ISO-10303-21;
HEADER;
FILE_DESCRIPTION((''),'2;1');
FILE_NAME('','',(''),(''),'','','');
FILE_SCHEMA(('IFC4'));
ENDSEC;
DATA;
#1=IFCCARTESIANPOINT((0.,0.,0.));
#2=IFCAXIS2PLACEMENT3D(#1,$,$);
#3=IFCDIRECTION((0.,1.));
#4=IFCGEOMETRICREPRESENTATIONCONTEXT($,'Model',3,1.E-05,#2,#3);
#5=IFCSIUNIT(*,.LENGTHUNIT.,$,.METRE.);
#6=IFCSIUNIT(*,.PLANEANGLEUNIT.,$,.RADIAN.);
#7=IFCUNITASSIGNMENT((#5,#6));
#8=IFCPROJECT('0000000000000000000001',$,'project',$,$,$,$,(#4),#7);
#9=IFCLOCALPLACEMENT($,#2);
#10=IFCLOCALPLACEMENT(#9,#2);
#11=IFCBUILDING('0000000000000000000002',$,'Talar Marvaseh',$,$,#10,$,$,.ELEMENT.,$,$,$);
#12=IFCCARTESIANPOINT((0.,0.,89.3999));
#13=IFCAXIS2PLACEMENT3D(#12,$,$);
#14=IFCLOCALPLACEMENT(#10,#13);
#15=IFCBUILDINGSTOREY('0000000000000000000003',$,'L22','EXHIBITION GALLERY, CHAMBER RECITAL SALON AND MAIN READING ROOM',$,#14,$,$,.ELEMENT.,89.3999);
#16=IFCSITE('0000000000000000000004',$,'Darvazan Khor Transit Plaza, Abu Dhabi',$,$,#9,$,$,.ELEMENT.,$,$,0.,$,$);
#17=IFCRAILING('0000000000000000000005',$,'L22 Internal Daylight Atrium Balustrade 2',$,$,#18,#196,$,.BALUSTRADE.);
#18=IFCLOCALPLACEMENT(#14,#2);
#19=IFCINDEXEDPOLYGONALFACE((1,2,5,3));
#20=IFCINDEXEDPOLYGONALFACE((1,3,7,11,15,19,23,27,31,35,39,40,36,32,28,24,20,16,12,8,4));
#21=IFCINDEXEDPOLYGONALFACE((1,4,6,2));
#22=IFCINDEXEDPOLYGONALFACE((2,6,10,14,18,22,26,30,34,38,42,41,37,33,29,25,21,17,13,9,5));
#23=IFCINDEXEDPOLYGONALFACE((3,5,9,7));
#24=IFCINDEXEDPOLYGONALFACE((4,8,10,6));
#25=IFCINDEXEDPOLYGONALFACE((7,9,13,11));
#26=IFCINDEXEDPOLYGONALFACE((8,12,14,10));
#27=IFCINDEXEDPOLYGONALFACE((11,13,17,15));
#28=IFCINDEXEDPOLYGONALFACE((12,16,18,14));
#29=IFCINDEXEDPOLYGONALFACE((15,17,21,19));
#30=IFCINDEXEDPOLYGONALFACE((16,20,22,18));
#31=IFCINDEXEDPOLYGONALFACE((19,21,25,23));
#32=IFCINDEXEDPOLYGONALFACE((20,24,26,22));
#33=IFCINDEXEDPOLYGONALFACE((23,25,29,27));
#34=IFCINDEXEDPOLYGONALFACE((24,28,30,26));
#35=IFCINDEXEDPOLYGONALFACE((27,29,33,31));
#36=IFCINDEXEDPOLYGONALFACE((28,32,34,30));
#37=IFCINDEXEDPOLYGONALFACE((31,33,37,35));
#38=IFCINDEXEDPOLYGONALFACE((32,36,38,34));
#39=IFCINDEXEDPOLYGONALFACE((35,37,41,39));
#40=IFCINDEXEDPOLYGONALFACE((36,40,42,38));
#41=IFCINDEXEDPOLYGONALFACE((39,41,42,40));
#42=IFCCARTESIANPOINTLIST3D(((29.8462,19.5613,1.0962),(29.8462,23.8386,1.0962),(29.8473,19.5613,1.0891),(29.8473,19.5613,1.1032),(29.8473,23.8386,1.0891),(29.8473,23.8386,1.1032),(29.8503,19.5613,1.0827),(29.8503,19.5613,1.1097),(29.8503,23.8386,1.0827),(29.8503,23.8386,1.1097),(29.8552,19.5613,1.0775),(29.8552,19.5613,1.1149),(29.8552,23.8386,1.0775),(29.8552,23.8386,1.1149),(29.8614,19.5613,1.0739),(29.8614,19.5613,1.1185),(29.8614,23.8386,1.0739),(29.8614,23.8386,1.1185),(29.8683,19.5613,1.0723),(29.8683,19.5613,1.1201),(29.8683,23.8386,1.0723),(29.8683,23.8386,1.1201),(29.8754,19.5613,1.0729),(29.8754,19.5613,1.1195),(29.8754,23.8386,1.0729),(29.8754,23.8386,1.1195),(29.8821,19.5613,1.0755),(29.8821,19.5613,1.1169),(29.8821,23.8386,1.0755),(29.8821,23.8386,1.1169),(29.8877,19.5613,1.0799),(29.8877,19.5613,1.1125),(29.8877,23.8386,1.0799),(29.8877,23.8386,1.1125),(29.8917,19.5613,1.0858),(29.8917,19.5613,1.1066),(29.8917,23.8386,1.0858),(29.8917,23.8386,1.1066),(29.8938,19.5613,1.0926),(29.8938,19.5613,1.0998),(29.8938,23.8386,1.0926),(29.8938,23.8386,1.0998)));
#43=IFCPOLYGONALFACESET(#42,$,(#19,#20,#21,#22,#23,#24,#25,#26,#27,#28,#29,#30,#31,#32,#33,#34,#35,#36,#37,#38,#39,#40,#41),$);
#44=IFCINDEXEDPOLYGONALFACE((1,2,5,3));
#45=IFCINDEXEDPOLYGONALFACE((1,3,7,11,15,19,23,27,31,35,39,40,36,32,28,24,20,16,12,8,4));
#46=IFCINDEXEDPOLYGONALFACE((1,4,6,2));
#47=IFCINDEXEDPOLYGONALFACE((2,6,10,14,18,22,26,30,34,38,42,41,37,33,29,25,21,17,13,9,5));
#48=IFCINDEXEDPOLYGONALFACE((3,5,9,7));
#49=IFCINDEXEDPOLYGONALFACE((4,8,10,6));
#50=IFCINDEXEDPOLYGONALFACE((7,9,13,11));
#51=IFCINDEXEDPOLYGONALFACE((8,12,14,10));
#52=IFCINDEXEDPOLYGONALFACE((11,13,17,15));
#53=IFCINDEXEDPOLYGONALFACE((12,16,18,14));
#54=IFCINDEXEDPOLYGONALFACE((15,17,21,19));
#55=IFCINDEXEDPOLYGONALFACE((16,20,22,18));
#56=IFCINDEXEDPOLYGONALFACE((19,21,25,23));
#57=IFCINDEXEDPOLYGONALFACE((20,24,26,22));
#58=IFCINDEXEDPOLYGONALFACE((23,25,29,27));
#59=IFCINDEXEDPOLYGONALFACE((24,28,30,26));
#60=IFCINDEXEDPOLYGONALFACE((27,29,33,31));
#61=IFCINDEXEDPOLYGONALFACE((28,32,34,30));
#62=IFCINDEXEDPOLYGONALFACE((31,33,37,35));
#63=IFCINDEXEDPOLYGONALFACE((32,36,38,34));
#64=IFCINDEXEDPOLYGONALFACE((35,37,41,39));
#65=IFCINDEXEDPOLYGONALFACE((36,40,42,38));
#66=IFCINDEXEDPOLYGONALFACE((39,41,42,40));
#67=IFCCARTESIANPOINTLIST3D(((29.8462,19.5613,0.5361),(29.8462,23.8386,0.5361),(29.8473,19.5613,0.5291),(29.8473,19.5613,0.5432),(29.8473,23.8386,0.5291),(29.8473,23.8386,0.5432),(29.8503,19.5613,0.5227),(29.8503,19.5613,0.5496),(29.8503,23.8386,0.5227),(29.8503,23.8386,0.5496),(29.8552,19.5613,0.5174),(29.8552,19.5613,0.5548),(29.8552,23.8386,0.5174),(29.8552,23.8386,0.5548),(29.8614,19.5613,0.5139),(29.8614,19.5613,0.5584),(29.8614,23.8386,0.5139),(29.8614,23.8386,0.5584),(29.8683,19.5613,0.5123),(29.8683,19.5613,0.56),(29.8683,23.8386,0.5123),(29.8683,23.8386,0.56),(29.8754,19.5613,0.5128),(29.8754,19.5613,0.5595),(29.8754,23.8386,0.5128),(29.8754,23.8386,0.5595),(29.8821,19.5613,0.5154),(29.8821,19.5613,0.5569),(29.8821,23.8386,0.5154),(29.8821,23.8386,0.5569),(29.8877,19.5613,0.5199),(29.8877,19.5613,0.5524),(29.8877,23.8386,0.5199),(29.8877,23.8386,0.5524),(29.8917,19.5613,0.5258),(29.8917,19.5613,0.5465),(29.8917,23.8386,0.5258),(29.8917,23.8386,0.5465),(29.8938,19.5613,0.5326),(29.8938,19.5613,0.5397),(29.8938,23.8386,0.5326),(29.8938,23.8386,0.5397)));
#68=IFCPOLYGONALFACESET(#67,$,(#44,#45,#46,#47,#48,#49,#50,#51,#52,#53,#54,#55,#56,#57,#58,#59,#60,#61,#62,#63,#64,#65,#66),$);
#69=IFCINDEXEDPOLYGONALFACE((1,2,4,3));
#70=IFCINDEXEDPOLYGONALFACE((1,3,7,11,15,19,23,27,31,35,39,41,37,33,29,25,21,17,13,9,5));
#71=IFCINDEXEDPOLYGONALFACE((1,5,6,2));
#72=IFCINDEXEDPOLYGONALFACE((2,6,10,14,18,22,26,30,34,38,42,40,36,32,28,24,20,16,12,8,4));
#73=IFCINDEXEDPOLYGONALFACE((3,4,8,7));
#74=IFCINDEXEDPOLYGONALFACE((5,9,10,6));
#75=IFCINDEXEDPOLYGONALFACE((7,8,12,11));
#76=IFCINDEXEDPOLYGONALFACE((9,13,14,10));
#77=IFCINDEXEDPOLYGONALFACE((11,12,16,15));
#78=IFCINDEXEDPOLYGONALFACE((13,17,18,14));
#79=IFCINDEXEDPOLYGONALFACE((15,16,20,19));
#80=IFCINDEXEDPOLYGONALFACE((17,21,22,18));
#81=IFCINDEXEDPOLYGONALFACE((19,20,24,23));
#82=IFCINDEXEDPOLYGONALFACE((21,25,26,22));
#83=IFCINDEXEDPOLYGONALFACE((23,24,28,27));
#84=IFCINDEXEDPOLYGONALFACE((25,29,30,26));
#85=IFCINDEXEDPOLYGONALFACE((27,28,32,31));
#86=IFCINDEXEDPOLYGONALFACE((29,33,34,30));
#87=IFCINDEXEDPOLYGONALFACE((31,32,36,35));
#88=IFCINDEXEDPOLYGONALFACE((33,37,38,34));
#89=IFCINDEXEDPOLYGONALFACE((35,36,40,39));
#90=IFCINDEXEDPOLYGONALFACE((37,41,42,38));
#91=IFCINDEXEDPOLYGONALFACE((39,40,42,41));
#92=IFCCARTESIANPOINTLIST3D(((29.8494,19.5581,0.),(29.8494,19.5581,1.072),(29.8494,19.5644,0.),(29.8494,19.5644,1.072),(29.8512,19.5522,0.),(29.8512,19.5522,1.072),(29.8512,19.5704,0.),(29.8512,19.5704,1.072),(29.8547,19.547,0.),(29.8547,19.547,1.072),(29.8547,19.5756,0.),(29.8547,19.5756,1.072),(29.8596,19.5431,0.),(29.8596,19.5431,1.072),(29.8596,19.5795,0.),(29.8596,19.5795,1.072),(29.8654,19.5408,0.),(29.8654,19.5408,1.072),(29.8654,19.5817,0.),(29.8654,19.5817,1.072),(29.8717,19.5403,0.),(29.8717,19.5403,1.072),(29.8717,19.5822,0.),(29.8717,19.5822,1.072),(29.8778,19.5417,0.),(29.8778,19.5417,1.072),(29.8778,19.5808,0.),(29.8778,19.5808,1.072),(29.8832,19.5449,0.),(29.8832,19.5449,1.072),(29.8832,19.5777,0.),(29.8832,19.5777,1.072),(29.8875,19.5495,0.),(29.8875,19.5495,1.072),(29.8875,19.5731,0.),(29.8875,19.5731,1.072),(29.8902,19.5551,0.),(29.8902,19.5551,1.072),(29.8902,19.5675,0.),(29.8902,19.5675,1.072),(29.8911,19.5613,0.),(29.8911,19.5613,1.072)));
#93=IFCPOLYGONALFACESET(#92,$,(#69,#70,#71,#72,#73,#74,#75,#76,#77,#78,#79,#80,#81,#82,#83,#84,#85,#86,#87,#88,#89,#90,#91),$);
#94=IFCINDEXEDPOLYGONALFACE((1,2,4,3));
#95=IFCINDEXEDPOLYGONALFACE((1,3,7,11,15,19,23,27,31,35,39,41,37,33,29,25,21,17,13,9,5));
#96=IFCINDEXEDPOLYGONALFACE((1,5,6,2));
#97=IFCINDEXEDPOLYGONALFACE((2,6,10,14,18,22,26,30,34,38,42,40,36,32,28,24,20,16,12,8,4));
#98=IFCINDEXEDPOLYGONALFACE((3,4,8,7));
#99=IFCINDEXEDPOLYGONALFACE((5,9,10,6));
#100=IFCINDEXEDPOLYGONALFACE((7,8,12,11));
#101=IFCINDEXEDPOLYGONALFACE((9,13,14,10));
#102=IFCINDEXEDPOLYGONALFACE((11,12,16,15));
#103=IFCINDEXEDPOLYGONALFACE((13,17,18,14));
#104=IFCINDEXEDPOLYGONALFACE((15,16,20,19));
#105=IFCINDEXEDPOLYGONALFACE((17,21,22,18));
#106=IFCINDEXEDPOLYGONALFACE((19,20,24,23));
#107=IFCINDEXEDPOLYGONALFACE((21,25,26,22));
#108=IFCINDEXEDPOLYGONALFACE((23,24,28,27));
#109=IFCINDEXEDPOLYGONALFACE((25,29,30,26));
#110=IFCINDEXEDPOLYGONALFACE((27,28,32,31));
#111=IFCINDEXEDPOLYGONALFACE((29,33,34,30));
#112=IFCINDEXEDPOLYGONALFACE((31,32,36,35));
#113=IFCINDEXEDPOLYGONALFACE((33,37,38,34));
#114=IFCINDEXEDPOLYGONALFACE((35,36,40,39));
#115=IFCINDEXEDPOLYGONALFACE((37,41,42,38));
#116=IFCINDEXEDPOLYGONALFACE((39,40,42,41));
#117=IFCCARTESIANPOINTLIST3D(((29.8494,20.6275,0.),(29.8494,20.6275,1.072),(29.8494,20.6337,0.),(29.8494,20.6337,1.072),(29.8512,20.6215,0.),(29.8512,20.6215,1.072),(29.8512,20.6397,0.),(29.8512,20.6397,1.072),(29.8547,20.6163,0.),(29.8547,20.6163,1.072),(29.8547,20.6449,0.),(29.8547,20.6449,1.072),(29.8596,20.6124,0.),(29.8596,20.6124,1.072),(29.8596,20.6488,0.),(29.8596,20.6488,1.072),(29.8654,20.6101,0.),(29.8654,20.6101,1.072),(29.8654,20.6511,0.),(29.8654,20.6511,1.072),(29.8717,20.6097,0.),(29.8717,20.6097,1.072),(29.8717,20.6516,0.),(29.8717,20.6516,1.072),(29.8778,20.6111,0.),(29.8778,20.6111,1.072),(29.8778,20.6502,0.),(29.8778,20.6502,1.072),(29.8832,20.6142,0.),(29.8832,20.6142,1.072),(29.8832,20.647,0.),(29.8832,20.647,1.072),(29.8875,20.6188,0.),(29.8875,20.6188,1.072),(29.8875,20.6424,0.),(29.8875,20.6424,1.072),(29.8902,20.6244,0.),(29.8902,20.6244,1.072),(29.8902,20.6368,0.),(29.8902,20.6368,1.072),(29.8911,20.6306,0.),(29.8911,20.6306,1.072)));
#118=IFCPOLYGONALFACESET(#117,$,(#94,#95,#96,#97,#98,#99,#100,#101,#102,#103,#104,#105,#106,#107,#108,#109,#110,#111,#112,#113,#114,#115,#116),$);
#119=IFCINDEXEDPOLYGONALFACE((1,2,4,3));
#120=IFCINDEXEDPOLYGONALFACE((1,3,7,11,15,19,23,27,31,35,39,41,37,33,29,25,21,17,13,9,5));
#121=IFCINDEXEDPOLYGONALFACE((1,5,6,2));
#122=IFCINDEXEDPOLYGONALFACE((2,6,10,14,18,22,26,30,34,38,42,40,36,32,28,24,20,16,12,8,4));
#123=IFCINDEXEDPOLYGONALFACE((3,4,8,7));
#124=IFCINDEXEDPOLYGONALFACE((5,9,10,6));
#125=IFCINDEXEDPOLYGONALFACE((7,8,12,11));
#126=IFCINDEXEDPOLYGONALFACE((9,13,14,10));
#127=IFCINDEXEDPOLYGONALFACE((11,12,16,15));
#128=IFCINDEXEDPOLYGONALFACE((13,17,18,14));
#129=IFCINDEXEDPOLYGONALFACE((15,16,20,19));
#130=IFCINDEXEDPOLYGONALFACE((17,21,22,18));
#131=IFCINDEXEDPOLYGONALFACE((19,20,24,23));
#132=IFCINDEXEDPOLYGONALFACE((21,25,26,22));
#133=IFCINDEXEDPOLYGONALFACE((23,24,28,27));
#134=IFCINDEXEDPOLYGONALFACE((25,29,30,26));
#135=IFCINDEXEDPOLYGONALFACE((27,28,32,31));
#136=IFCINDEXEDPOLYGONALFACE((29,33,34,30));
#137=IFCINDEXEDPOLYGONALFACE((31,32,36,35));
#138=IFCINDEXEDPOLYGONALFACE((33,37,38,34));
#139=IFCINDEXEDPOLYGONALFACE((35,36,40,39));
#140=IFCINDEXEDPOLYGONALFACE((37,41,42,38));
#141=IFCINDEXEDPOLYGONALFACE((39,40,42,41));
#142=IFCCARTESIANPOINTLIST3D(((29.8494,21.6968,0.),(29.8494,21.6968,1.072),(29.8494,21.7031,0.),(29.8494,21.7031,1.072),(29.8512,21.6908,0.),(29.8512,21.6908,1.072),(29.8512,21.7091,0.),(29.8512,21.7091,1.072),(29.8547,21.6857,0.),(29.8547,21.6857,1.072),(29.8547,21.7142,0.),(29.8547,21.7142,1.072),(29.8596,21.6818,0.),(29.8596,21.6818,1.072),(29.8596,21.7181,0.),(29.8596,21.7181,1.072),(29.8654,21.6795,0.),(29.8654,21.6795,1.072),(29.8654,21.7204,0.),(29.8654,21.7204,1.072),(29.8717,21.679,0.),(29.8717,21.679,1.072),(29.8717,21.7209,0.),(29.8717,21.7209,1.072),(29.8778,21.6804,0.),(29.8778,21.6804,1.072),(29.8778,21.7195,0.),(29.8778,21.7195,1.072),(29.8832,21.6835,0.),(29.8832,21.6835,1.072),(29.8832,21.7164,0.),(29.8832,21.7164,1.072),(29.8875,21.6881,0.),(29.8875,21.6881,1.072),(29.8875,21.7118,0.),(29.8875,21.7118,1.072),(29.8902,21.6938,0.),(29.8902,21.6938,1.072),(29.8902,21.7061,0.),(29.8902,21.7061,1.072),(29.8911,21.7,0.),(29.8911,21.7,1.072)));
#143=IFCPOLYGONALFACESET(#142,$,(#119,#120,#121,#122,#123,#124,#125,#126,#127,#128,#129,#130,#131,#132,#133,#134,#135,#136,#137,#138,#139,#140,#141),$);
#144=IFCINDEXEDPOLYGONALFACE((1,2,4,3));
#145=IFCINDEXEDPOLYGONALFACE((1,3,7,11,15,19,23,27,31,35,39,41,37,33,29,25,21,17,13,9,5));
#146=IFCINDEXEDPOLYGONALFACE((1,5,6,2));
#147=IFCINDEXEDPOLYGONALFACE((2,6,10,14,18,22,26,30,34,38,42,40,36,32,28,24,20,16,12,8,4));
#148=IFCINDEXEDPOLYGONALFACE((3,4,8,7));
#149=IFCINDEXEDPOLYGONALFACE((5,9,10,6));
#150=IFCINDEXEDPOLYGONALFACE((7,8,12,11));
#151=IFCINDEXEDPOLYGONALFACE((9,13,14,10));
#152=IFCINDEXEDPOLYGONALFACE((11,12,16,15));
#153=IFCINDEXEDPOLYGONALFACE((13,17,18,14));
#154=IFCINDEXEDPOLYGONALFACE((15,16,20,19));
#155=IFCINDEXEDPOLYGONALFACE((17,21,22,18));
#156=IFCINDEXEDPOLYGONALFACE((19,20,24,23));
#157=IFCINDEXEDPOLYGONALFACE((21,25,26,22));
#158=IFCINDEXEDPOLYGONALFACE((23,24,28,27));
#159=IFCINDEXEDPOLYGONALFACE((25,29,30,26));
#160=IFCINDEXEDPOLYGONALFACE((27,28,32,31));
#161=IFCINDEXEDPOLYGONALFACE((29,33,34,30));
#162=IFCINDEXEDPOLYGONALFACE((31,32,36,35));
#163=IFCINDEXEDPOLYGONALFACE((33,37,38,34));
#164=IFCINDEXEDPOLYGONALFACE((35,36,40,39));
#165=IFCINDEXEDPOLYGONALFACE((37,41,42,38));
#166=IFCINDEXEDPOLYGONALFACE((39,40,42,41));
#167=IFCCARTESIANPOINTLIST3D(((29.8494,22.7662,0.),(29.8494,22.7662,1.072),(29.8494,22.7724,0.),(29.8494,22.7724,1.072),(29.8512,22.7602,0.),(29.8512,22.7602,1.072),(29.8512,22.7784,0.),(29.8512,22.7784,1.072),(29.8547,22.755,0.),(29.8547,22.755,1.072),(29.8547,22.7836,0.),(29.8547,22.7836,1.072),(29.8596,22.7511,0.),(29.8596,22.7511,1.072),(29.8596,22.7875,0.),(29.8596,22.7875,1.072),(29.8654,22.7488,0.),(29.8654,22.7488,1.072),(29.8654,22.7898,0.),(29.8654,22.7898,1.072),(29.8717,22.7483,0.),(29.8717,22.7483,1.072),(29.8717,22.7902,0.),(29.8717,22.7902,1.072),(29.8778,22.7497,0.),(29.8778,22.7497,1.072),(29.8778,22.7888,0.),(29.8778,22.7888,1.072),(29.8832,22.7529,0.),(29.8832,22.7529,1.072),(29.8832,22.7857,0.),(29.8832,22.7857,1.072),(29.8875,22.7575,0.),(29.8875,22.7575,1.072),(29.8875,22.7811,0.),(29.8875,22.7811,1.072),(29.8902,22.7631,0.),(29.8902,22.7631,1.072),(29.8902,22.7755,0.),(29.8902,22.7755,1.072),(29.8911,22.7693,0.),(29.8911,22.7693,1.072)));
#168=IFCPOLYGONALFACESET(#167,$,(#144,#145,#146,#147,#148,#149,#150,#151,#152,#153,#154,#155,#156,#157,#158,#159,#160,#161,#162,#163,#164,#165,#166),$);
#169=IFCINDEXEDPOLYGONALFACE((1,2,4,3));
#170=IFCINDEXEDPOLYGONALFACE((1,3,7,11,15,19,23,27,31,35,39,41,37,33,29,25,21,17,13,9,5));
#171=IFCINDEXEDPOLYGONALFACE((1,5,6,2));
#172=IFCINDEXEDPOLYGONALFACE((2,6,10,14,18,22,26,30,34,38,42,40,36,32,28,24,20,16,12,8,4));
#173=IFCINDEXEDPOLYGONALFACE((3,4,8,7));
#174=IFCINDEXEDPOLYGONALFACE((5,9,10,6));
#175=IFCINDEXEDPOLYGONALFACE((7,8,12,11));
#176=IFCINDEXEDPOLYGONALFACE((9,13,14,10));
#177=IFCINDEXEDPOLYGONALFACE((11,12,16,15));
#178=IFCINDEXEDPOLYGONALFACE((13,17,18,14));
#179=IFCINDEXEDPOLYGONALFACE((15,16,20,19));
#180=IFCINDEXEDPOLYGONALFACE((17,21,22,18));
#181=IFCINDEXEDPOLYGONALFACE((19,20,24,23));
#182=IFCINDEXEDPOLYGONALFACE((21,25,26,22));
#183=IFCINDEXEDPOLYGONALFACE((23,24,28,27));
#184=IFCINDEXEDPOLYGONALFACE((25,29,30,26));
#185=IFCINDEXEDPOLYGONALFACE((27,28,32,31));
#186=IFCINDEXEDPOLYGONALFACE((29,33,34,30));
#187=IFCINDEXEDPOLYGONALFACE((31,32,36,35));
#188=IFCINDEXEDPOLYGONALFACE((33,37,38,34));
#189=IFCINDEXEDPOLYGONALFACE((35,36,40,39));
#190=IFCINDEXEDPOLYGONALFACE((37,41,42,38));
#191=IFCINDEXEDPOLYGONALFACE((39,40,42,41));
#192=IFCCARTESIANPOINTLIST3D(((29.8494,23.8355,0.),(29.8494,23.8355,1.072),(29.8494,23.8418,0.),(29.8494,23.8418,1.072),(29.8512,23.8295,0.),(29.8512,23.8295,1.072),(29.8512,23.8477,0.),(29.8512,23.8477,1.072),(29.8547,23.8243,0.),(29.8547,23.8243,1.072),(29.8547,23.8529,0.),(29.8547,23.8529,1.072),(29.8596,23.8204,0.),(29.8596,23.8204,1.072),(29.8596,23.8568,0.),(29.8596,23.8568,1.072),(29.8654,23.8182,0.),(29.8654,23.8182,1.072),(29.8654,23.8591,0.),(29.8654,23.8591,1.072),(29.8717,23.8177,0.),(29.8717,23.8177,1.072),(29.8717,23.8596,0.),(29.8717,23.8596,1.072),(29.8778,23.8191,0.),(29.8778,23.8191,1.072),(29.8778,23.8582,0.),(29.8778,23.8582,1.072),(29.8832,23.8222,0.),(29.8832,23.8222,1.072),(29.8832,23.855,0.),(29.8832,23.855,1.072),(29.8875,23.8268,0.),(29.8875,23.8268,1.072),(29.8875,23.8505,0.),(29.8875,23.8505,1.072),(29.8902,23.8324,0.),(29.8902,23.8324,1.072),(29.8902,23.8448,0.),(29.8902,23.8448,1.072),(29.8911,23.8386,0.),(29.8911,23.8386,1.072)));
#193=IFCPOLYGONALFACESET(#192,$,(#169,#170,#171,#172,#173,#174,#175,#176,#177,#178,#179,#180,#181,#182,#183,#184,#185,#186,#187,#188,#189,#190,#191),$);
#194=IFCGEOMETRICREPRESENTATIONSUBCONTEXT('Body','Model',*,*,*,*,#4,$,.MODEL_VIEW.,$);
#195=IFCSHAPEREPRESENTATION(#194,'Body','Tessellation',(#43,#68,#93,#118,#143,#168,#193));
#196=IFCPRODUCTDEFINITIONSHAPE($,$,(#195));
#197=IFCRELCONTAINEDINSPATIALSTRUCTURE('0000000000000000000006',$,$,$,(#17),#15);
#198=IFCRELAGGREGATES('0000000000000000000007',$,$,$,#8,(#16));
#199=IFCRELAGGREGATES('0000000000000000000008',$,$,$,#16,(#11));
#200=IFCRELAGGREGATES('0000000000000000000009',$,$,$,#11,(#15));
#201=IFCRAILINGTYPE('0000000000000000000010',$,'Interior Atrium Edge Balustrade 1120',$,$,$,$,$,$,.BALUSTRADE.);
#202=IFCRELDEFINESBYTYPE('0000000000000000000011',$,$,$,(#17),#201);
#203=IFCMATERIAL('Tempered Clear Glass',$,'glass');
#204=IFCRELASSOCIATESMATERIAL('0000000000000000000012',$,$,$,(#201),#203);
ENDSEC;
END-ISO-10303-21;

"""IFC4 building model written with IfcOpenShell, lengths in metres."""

from ifc_helpers import new_model, si_unit, direction, frame, origin, origin_2d, place, context, subcontext, project, spatial, circle, extrude, material, type_object, element, save


model = new_model("IFC4")

# Units and contexts
model_context = context("Model", 3, precision=1e-05, world=origin(), true_north=direction((0.0, 1.0)))
body_context = subcontext(model_context, "Body", "Model", "MODEL_VIEW")
ifc_project = project(units=[si_unit("LENGTHUNIT", "METRE"), si_unit("PLANEANGLEUNIT", "RADIAN")], contexts=[model_context])

# Site, building, storey
site_placement = place(None, origin())
site = spatial("IfcSite", under=ifc_project, at=site_placement, Name="Darvazan Khor Transit Plaza, Abu Dhabi", CompositionType="ELEMENT", RefElevation=0.0)
building_placement = place(site_placement, origin())
building = spatial("IfcBuilding", under=site, at=building_placement, Name="Talar Marvaseh", CompositionType="ELEMENT")
storey_placement = place(building_placement, frame((0.0, 0.0, 89.3999)))
storey = spatial("IfcBuildingStorey", under=building, at=storey_placement, Name="L22", Description="EXHIBITION GALLERY, CHAMBER RECITAL SALON AND MAIN READING ROOM", CompositionType="ELEMENT", Elevation=89.3999)

# Railing
ifc_material_1 = material(Name="Tempered Clear Glass", Category="glass")
railing_type_1 = type_object("IfcRailingType", Name="Interior Atrium Edge Balustrade 1120", PredefinedType="BALUSTRADE", material=ifc_material_1)
railing_1_placement = place(storey_placement, frame((29.8701, 19.5613, 0.0)))
element("IfcRailing", 1, at=railing_1_placement, inside=storey, type_object=railing_type_1, Name="L22 Internal Daylight Atrium Balustrade 2", PredefinedType="BALUSTRADE", context=body_context, shape_type="SweptSolid", body=[
    extrude(circle(Radius=0.0239, at=origin_2d()), frame((0.0, 0.0, 1.0962), z_axis=(0.0, 1.0, 0.0), x_axis=(-1.0, 0.0, 0.0)), (0.0, 0.0, 1.0), 4.2773),
    extrude(circle(Radius=0.0239, at=origin_2d()), frame((0.0, 0.0, 0.5361), z_axis=(0.0, 1.0, 0.0), x_axis=(-1.0, 0.0, 0.0)), (0.0, 0.0, 1.0), 4.2773),
    extrude(circle(Radius=0.021, at=origin_2d()), origin(), (0.0, 0.0, 1.0), 1.072),
    extrude(circle(Radius=0.021, at=origin_2d()), frame((0.0, 1.0693, 0.0)), (0.0, 0.0, 1.0), 1.072),
    extrude(circle(Radius=0.021, at=origin_2d()), frame((0.0, 2.1387, 0.0)), (0.0, 0.0, 1.0), 1.072),
    extrude(circle(Radius=0.021, at=origin_2d()), frame((0.0, 3.208, 0.0)), (0.0, 0.0, 1.0), 1.072),
    extrude(circle(Radius=0.021, at=origin_2d()), frame((0.0, 4.2773, 0.0)), (0.0, 0.0, 1.0), 1.072),
])

save(model, "model.ifc")
